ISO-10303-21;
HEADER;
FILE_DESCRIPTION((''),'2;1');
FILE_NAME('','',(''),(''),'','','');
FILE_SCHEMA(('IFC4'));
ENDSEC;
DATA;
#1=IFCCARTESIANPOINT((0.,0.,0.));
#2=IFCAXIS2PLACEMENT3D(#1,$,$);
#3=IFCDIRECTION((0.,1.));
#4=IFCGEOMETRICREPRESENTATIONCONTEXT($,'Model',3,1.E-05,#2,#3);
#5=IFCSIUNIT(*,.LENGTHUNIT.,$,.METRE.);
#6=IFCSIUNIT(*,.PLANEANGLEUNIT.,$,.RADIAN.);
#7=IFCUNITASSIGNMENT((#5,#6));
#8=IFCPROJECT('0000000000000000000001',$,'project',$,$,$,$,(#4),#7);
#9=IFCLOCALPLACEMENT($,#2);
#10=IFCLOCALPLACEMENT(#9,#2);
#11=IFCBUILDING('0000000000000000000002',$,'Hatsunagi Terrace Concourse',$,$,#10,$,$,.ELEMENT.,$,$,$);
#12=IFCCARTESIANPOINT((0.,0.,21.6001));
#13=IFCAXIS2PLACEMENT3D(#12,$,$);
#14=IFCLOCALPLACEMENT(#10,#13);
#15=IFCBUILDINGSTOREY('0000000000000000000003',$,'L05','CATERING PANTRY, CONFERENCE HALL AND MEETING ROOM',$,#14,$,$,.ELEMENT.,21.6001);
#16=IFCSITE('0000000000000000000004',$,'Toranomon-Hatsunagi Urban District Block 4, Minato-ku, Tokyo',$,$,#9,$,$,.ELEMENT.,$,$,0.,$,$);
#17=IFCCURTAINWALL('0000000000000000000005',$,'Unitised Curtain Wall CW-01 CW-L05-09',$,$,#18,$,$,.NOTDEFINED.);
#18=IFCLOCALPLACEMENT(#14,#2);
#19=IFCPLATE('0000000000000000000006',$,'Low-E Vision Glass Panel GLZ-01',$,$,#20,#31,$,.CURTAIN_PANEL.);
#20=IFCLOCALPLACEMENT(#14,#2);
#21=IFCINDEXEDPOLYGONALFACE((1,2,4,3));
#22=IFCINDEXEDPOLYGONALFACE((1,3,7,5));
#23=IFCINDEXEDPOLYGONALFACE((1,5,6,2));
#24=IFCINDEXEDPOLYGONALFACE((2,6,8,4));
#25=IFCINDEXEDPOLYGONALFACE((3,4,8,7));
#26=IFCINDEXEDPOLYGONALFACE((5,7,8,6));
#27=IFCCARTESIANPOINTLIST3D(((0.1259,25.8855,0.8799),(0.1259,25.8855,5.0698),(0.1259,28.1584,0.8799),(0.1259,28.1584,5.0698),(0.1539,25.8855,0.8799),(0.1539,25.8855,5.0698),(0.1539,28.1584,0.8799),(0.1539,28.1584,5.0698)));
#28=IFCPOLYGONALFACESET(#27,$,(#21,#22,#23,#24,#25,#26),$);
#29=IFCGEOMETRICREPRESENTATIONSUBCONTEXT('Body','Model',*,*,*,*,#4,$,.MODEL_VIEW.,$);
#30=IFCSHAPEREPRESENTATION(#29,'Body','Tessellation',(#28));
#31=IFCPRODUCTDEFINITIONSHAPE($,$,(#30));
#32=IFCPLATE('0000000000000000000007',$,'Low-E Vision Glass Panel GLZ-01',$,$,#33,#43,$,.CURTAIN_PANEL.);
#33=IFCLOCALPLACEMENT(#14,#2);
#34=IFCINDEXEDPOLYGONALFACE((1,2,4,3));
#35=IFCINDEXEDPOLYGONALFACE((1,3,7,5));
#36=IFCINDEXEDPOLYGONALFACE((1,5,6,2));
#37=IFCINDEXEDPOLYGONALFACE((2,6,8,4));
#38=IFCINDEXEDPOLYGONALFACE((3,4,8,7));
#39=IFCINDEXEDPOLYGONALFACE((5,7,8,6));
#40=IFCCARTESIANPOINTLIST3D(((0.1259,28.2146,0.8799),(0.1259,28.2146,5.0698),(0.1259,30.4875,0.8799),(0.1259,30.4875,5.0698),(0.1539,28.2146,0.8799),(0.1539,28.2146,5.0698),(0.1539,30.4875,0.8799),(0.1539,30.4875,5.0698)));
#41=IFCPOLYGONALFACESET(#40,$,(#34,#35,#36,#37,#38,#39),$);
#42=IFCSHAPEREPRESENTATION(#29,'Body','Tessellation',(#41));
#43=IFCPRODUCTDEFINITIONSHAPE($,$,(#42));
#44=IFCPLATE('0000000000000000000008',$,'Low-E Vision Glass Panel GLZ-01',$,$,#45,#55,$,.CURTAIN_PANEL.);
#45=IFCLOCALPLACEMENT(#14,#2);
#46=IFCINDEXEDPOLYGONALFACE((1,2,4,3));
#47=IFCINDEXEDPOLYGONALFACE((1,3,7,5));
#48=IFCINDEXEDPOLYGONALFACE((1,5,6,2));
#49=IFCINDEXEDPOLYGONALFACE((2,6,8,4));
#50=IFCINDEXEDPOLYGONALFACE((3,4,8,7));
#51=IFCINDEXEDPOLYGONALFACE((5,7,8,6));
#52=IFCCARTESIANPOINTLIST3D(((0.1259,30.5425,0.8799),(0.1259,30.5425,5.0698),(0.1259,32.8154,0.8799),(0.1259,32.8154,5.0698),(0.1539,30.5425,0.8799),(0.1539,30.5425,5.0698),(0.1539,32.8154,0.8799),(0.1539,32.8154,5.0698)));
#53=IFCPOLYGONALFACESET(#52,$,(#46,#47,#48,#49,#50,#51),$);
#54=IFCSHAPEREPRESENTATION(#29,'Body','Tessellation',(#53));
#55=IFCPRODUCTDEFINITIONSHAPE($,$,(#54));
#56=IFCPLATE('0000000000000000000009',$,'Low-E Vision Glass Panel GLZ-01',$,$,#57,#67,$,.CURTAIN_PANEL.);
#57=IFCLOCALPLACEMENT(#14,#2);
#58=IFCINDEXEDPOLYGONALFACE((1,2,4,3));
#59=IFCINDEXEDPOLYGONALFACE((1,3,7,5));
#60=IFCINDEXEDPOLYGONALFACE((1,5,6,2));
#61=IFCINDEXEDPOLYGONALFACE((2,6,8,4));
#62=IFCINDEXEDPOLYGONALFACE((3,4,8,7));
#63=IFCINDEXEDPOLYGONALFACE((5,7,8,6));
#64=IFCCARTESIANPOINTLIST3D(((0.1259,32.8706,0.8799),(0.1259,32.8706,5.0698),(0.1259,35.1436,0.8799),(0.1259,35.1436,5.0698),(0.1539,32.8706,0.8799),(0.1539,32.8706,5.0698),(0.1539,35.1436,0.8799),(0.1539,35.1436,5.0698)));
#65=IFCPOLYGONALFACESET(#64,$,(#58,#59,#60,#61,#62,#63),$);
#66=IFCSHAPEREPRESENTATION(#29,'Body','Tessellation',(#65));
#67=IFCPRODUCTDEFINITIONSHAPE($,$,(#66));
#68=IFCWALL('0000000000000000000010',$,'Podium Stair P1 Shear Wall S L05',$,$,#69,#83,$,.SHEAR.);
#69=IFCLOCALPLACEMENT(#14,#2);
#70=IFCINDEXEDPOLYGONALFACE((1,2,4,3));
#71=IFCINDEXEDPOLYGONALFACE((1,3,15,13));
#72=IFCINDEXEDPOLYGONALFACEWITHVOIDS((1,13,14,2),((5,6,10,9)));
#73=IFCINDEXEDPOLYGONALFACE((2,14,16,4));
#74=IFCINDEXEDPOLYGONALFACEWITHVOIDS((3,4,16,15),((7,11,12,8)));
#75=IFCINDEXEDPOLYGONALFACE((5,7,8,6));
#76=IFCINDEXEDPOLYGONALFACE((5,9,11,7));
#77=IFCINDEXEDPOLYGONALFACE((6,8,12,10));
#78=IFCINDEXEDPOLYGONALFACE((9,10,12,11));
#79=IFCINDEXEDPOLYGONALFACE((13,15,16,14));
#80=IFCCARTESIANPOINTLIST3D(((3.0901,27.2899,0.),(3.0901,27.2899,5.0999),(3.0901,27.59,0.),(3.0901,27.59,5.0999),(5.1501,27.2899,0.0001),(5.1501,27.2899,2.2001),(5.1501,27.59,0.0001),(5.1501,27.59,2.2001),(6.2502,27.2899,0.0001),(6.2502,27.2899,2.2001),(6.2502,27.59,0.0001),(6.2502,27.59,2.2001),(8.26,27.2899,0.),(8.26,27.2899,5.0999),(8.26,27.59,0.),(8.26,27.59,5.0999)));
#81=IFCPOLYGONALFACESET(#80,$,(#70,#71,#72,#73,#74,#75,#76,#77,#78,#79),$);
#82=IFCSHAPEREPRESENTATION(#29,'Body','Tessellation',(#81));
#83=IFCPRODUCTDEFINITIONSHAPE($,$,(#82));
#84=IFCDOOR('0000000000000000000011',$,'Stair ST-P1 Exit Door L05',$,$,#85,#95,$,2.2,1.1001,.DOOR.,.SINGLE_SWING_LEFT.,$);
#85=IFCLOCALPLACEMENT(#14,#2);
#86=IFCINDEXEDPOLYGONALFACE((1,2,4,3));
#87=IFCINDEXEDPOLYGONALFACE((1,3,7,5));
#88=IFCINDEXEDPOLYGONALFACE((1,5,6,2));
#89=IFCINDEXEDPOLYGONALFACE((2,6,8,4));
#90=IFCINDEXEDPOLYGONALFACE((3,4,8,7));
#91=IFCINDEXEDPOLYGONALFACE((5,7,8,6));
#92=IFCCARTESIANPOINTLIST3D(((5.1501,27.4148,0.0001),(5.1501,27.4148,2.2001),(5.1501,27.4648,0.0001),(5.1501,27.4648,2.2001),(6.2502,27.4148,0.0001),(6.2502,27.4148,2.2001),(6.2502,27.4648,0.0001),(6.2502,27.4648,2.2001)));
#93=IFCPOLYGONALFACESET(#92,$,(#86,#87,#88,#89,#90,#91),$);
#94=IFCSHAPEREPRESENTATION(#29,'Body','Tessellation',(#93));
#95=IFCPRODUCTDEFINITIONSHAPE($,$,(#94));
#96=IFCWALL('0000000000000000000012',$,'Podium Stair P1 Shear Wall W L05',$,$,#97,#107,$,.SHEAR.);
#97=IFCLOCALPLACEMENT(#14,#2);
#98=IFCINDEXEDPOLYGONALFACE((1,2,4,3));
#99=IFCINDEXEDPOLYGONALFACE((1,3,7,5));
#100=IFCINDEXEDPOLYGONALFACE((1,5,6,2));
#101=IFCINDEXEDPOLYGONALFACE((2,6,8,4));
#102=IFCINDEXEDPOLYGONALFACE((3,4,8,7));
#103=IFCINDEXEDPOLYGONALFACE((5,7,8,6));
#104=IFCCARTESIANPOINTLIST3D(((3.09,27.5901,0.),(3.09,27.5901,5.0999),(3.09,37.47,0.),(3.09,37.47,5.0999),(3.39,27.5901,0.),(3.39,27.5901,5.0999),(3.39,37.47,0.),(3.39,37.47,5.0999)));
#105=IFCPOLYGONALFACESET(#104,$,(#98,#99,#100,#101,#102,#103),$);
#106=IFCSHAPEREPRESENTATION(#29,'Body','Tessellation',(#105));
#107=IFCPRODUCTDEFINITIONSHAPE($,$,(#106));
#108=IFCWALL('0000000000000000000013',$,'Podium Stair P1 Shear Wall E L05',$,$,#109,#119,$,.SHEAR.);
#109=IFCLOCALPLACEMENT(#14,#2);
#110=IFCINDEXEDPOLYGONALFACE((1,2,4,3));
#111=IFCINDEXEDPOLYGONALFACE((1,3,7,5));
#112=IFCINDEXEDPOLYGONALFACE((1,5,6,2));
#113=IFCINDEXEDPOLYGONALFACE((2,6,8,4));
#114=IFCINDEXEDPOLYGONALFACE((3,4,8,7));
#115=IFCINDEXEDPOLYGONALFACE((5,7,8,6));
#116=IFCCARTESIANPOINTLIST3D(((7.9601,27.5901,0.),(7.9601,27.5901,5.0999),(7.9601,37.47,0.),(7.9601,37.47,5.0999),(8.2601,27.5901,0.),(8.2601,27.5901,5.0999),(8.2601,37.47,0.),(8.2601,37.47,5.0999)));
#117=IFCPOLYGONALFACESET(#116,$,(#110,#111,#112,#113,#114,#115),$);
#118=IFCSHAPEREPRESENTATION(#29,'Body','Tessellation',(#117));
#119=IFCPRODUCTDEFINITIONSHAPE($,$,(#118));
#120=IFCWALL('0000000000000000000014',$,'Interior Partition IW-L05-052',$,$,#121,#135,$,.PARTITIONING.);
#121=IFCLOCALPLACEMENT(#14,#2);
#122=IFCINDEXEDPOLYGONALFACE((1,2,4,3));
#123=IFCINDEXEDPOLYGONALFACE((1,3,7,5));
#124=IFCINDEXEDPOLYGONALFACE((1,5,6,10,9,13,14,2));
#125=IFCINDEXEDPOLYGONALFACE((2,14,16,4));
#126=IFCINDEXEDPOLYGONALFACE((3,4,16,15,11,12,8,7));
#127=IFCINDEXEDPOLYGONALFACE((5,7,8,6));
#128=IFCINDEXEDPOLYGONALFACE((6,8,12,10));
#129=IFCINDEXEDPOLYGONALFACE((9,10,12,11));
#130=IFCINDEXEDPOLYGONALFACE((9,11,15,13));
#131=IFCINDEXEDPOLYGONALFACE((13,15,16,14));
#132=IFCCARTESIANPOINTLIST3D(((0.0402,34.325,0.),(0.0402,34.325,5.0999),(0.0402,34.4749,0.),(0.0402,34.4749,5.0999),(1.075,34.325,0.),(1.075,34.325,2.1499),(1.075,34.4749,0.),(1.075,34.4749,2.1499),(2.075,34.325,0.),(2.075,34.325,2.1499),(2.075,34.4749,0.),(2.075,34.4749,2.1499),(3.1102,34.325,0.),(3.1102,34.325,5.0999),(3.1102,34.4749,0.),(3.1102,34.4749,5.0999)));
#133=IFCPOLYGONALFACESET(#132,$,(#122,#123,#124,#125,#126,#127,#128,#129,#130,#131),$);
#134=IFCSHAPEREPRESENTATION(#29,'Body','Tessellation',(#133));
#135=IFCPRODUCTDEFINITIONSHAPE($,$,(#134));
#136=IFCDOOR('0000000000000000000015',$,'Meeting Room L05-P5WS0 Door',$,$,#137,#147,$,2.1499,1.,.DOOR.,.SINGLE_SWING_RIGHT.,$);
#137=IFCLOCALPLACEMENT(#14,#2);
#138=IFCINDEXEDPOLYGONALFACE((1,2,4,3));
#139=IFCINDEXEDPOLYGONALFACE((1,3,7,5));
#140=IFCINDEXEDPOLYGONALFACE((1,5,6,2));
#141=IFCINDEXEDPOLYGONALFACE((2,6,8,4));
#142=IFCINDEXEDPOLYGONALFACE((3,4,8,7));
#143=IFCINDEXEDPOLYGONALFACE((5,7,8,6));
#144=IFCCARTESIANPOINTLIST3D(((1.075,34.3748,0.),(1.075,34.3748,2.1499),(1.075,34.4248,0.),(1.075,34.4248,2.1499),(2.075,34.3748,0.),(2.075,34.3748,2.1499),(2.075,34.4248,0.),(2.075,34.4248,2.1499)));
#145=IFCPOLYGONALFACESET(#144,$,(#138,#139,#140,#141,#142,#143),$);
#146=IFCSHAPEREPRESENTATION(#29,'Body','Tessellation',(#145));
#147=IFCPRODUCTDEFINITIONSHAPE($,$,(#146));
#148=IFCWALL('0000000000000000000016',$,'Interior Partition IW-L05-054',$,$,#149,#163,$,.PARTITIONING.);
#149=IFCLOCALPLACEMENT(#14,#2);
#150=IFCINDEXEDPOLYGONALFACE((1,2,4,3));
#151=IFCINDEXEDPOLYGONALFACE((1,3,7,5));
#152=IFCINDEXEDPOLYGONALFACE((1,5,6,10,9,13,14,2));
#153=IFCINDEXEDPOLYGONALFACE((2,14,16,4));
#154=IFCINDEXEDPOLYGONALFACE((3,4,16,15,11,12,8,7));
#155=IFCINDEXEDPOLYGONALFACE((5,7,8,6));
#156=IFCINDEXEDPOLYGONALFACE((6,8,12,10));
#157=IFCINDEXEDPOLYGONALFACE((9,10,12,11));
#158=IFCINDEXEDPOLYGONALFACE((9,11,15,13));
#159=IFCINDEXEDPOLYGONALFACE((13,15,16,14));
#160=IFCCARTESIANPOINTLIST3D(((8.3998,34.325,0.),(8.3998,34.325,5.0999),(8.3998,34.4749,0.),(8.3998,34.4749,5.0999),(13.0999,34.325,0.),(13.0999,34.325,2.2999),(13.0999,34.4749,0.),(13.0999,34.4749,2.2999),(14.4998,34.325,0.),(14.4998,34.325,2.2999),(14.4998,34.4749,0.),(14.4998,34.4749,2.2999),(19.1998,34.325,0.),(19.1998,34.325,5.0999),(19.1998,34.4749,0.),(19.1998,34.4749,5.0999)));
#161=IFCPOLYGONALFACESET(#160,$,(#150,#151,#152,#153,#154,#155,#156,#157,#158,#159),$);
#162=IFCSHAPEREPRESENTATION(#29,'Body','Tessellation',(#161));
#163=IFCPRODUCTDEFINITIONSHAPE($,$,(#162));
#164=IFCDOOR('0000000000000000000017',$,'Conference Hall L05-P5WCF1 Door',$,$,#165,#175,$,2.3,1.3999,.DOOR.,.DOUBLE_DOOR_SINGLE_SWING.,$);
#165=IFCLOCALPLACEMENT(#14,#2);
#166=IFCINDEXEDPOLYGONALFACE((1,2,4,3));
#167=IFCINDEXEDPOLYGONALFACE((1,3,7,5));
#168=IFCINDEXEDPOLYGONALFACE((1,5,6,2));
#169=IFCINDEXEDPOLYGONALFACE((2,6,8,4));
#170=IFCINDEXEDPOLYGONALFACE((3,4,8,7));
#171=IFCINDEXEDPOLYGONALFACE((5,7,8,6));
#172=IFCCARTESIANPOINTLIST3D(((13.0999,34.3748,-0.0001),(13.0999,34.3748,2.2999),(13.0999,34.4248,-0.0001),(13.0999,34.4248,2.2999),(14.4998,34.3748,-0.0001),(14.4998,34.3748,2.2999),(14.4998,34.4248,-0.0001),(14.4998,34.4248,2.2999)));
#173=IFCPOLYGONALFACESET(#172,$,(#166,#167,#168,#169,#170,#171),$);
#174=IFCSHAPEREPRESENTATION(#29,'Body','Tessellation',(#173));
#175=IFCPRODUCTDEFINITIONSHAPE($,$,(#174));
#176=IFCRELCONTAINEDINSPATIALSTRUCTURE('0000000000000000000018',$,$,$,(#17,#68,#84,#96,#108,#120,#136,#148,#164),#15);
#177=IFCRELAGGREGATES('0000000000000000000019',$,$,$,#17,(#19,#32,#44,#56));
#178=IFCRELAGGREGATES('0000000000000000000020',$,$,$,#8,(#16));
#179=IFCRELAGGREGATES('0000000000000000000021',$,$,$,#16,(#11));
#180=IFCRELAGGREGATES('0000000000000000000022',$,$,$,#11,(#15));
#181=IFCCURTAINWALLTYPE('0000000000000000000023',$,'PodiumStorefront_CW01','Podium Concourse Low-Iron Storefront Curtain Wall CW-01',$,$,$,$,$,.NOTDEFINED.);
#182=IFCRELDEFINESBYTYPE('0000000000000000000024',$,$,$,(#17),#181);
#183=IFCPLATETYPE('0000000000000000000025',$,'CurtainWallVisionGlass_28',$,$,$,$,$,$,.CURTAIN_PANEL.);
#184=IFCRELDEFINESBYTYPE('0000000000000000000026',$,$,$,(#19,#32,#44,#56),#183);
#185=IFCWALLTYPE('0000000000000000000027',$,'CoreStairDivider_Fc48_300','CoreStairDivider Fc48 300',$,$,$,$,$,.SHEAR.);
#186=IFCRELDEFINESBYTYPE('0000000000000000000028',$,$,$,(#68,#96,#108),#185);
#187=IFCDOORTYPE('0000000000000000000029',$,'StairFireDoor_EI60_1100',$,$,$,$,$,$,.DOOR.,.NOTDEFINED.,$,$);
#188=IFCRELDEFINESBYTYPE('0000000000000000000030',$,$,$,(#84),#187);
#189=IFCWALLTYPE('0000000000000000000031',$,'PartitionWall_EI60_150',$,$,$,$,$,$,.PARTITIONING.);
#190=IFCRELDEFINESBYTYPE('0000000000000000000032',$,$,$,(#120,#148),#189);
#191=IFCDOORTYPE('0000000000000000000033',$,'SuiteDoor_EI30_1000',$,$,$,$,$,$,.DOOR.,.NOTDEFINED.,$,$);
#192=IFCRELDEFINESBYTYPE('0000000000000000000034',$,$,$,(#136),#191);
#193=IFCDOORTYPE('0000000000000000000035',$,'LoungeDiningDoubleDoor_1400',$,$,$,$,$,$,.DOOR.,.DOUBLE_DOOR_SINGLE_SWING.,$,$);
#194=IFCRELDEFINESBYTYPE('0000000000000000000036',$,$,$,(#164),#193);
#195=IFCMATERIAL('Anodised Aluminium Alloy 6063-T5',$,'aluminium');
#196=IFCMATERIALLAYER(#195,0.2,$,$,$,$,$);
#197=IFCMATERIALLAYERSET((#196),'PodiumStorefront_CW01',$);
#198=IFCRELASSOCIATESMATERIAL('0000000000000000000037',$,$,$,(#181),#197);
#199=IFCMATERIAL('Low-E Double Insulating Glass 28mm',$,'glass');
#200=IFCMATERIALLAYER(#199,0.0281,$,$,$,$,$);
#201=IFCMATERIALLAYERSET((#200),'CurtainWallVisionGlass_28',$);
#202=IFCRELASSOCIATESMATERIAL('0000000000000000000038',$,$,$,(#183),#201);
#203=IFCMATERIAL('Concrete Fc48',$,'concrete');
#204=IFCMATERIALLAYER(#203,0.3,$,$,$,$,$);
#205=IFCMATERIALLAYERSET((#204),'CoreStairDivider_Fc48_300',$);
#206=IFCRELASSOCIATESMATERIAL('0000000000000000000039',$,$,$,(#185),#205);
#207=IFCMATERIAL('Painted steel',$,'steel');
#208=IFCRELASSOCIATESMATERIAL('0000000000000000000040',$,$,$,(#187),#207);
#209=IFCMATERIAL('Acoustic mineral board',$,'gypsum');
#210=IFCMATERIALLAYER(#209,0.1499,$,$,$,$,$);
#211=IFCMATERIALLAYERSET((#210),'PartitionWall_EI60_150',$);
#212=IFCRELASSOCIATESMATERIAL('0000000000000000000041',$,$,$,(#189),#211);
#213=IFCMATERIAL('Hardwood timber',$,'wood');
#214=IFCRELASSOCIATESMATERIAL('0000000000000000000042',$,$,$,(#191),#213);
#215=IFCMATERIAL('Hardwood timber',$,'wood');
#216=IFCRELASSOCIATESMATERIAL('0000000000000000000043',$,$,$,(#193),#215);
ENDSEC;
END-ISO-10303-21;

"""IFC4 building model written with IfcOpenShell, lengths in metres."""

from ifc_helpers import new_model, si_unit, direction, frame, frame_2d, origin, origin_2d, place, context, subcontext, project, spatial, rectangle, extrude, material, layer, layer_set, type_object, element, fill, aggregate, save


model = new_model("IFC4")

# Units and contexts
model_context = context("Model", 3, precision=1e-05, world=origin(), true_north=direction((0.0, 1.0)))
body_context = subcontext(model_context, "Body", "Model", "MODEL_VIEW")
ifc_project = project(units=[si_unit("LENGTHUNIT", "METRE"), si_unit("PLANEANGLEUNIT", "RADIAN")], contexts=[model_context])

# Site, building, storey
site_placement = place(None, origin())
site = spatial("IfcSite", under=ifc_project, at=site_placement, Name="Toranomon-Hatsunagi Urban District Block 4, Minato-ku, Tokyo", CompositionType="ELEMENT", RefElevation=0.0)
building_placement = place(site_placement, origin())
building = spatial("IfcBuilding", under=site, at=building_placement, Name="Hatsunagi Terrace Concourse", CompositionType="ELEMENT")
storey_placement = place(building_placement, frame((0.0, 0.0, 21.6001)))
storey = spatial("IfcBuildingStorey", under=building, at=storey_placement, Name="L05", Description="CATERING PANTRY, CONFERENCE HALL AND MEETING ROOM", CompositionType="ELEMENT", Elevation=21.6001)

# Curtain wall
ifc_material_1 = material(Name="Anodised Aluminium Alloy 6063-T5", Category="aluminium")
ifc_layer_1 = layer(ifc_material_1, 0.2)
ifc_layer_set_1 = layer_set([ifc_layer_1], Name="PodiumStorefront_CW01")
curtain_wall_type = type_object("IfcCurtainWallType", Name="PodiumStorefront_CW01", Description="Podium Concourse Low-Iron Storefront Curtain Wall CW-01", PredefinedType="NOTDEFINED", material=ifc_layer_set_1)
curtain_wall_placement = place(storey_placement, origin())
curtain_wall = element("IfcCurtainWall", 1, at=curtain_wall_placement, inside=storey, type_object=curtain_wall_type, Name="Unitised Curtain Wall CW-01 CW-L05-09", PredefinedType="NOTDEFINED")

# Plates
ifc_material_2 = material(Name="Low-E Double Insulating Glass 28mm", Category="glass")
ifc_layer_2 = layer(ifc_material_2, 0.0281)
ifc_layer_set_2 = layer_set([ifc_layer_2], Name="CurtainWallVisionGlass_28")
plate_type_1 = type_object("IfcPlateType", Name="CurtainWallVisionGlass_28", PredefinedType="CURTAIN_PANEL", material=ifc_layer_set_2)
plate_1_placement = place(storey_placement, frame((0.1399, 27.022, 0.8799), z_axis=(0.0, 0.0, 1.0), x_axis=(0.0, 1.0, 0.0)))
plate_1 = element("IfcPlate", 2, at=plate_1_placement, type_object=plate_type_1, Name="Low-E Vision Glass Panel GLZ-01", PredefinedType="CURTAIN_PANEL", context=body_context, shape_type="SweptSolid", body=[
    extrude(rectangle(XDim=2.2729, YDim=0.0281, at=origin_2d()), origin(), (0.0, 0.0, 1.0), 4.1899),
])
plate_2_placement = place(storey_placement, frame((0.1399, 29.3511, 0.8799), z_axis=(0.0, 0.0, 1.0), x_axis=(0.0, 1.0, 0.0)))
plate_2 = element("IfcPlate", 3, at=plate_2_placement, type_object=plate_type_1, Name="Low-E Vision Glass Panel GLZ-01", PredefinedType="CURTAIN_PANEL", context=body_context, shape_type="SweptSolid", body=[
    extrude(rectangle(XDim=2.2729, YDim=0.0281, at=origin_2d()), origin(), (0.0, 0.0, 1.0), 4.1899),
])
plate_3_placement = place(storey_placement, frame((0.1399, 31.679, 0.8799), z_axis=(0.0, 0.0, 1.0), x_axis=(0.0, 1.0, 0.0)))
plate_3 = element("IfcPlate", 4, at=plate_3_placement, type_object=plate_type_1, Name="Low-E Vision Glass Panel GLZ-01", PredefinedType="CURTAIN_PANEL", context=body_context, shape_type="SweptSolid", body=[
    extrude(rectangle(XDim=2.2729, YDim=0.0281, at=origin_2d()), origin(), (0.0, 0.0, 1.0), 4.1899),
])
plate_4_placement = place(storey_placement, frame((0.1399, 34.0071, 0.8799), z_axis=(0.0, 0.0, 1.0), x_axis=(0.0, 1.0, 0.0)))
plate_4 = element("IfcPlate", 5, at=plate_4_placement, type_object=plate_type_1, Name="Low-E Vision Glass Panel GLZ-01", PredefinedType="CURTAIN_PANEL", context=body_context, shape_type="SweptSolid", body=[
    extrude(rectangle(XDim=2.2729, YDim=0.0281, at=origin_2d()), origin(), (0.0, 0.0, 1.0), 4.1899),
])
aggregate(curtain_wall, [plate_1, plate_2, plate_3, plate_4])

# Wall, opening, door
ifc_material_3 = material(Name="Concrete Fc48", Category="concrete")
ifc_layer_3 = layer(ifc_material_3, 0.3)
ifc_layer_set_3 = layer_set([ifc_layer_3], Name="CoreStairDivider_Fc48_300")
wall_type_1 = type_object("IfcWallType", Name="CoreStairDivider_Fc48_300", Description="CoreStairDivider Fc48 300", PredefinedType="SHEAR", material=ifc_layer_set_3)
wall_1_placement = place(storey_placement, frame((3.0901, 27.4399, 0.0), z_axis=(0.0, 0.0, 1.0), x_axis=(1.0, 0.0, 0.0)))
wall_1 = element("IfcWall", 6, at=wall_1_placement, inside=storey, type_object=wall_type_1, Name="Podium Stair P1 Shear Wall S L05", PredefinedType="SHEAR", context=body_context, shape_type="SweptSolid", body=[
    extrude(rectangle(XDim=5.1699, YDim=0.3, at=frame_2d((2.585, 0.0))), origin(), (0.0, 0.0, 1.0), 5.0999),
])
opening_1_placement = place(wall_1_placement, frame((2.0601, 0.0, 0.0)))
opening_1 = element("IfcOpeningElement", 7, at=opening_1_placement, cuts=wall_1, PredefinedType="OPENING", context=body_context, shape_type="SweptSolid", body=[
    extrude(rectangle(XDim=1.1001, YDim=2.2, at=frame_2d((0.55, 1.1001))), frame((0.0, 0.1599, 0.0), z_axis=(0.0, -1.0, 0.0), x_axis=(1.0, 0.0, 0.0)), (0.0, 0.0, 1.0), 0.3201),
])
ifc_material_4 = material(Name="Painted steel", Category="steel")
door_type_1 = type_object("IfcDoorType", Name="StairFireDoor_EI60_1100", OperationType="NOTDEFINED", PredefinedType="DOOR", material=ifc_material_4)
door_1_placement = place(opening_1_placement, origin())
door_1 = element("IfcDoor", 8, at=door_1_placement, inside=storey, type_object=door_type_1, Name="Stair ST-P1 Exit Door L05", OperationType="SINGLE_SWING_LEFT", OverallHeight=2.2, OverallWidth=1.1001, PredefinedType="DOOR", context=body_context, shape_type="SweptSolid", body=[
    extrude(rectangle(XDim=1.1001, YDim=2.2, at=frame_2d((0.55, 1.1001))), frame((0.0, 0.0249, 0.0), z_axis=(0.0, -1.0, 0.0), x_axis=(1.0, 0.0, 0.0)), (0.0, 0.0, 1.0), 0.05),
])
fill(opening_1, door_1)

# Walls
for number, where, z_axis, x_axis, name in (
    (9, (3.24, 27.5901, 0.0), (0.0, 0.0, 1.0), (0.0, 1.0, 0.0), "Podium Stair P1 Shear Wall W L05"),
    (10, (8.1101, 27.5901, 0.0), (0.0, 0.0, 1.0), (0.0, 1.0, 0.0), "Podium Stair P1 Shear Wall E L05"),
):
    element("IfcWall", number, at=place(storey_placement, frame(where, z_axis=z_axis, x_axis=x_axis)), inside=storey, type_object=wall_type_1, Name=name, PredefinedType="SHEAR", context=body_context, shape_type="SweptSolid", body=[
        extrude(rectangle(XDim=9.8799, YDim=0.3, at=frame_2d((4.9399, 0.0))), origin(), (0.0, 0.0, 1.0), 5.0999),
    ])

# Walls, openings, doors
ifc_material_5 = material(Name="Acoustic mineral board", Category="gypsum")
ifc_layer_4 = layer(ifc_material_5, 0.1499)
ifc_layer_set_4 = layer_set([ifc_layer_4], Name="PartitionWall_EI60_150")
wall_type_2 = type_object("IfcWallType", Name="PartitionWall_EI60_150", PredefinedType="PARTITIONING", material=ifc_layer_set_4)
wall_2_placement = place(storey_placement, frame((0.04, 34.3999, 0.0), z_axis=(0.0, 0.0, 1.0), x_axis=(1.0, 0.0, 0.0)))
wall_2 = element("IfcWall", 11, at=wall_2_placement, inside=storey, type_object=wall_type_2, Name="Interior Partition IW-L05-052", PredefinedType="PARTITIONING", context=body_context, shape_type="SweptSolid", body=[
    extrude(rectangle(XDim=3.0701, YDim=0.1499, at=frame_2d((1.5352, 0.0))), origin(), (0.0, 0.0, 1.0), 5.0999),
])
opening_2_placement = place(wall_2_placement, frame((1.0349, 0.0, 0.0)))
opening_2 = element("IfcOpeningElement", 12, at=opening_2_placement, cuts=wall_2, PredefinedType="OPENING", context=body_context, shape_type="SweptSolid", body=[
    extrude(rectangle(XDim=1.0, YDim=2.1499, at=frame_2d((0.5, 1.075))), frame((0.0, 0.085, 0.0), z_axis=(0.0, -1.0, 0.0), x_axis=(1.0, 0.0, 0.0)), (0.0, 0.0, 1.0), 0.1699),
])
ifc_material_6 = material(Name="Hardwood timber", Category="wood")
door_type_2 = type_object("IfcDoorType", Name="SuiteDoor_EI30_1000", OperationType="NOTDEFINED", PredefinedType="DOOR", material=ifc_material_6)
door_2_placement = place(opening_2_placement, origin())
door_2 = element("IfcDoor", 13, at=door_2_placement, inside=storey, type_object=door_type_2, Name="Meeting Room L05-P5WS0 Door", OperationType="SINGLE_SWING_RIGHT", OverallHeight=2.1499, OverallWidth=1.0, PredefinedType="DOOR", context=body_context, shape_type="SweptSolid", body=[
    extrude(rectangle(XDim=1.0, YDim=2.1499, at=frame_2d((0.5, 1.075))), frame((0.0, 0.0249, 0.0), z_axis=(0.0, -1.0, 0.0), x_axis=(1.0, 0.0, 0.0)), (0.0, 0.0, 1.0), 0.05),
])
fill(opening_2, door_2)
wall_3_placement = place(storey_placement, frame((8.3999, 34.3999, 0.0), z_axis=(0.0, 0.0, 1.0), x_axis=(1.0, 0.0, 0.0)))
wall_3 = element("IfcWall", 14, at=wall_3_placement, inside=storey, type_object=wall_type_2, Name="Interior Partition IW-L05-054", PredefinedType="PARTITIONING", context=body_context, shape_type="SweptSolid", body=[
    extrude(rectangle(XDim=10.8, YDim=0.1499, at=frame_2d((5.3999, 0.0))), origin(), (0.0, 0.0, 1.0), 5.0999),
])
opening_3_placement = place(wall_3_placement, frame((4.7, 0.0, 0.0)))
opening_3 = element("IfcOpeningElement", 15, at=opening_3_placement, cuts=wall_3, PredefinedType="OPENING", context=body_context, shape_type="SweptSolid", body=[
    extrude(rectangle(XDim=1.3999, YDim=2.3, at=frame_2d((0.7, 1.1499))), frame((0.0, 0.085, 0.0), z_axis=(0.0, -1.0, 0.0), x_axis=(1.0, 0.0, 0.0)), (0.0, 0.0, 1.0), 0.1699),
])
ifc_material_7 = material(Name="Hardwood timber", Category="wood")
door_type_3 = type_object("IfcDoorType", Name="LoungeDiningDoubleDoor_1400", OperationType="DOUBLE_DOOR_SINGLE_SWING", PredefinedType="DOOR", material=ifc_material_7)
door_3_placement = place(opening_3_placement, origin())
door_3 = element("IfcDoor", 16, at=door_3_placement, inside=storey, type_object=door_type_3, Name="Conference Hall L05-P5WCF1 Door", OperationType="DOUBLE_DOOR_SINGLE_SWING", OverallHeight=2.3, OverallWidth=1.3999, PredefinedType="DOOR", context=body_context, shape_type="SweptSolid", body=[
    extrude(rectangle(XDim=1.3999, YDim=2.3, at=frame_2d((0.7, 1.1499))), frame((0.0, 0.0249, 0.0), z_axis=(0.0, -1.0, 0.0), x_axis=(1.0, 0.0, 0.0)), (0.0, 0.0, 1.0), 0.05),
])
fill(opening_3, door_3)

save(model, "model.ifc")
